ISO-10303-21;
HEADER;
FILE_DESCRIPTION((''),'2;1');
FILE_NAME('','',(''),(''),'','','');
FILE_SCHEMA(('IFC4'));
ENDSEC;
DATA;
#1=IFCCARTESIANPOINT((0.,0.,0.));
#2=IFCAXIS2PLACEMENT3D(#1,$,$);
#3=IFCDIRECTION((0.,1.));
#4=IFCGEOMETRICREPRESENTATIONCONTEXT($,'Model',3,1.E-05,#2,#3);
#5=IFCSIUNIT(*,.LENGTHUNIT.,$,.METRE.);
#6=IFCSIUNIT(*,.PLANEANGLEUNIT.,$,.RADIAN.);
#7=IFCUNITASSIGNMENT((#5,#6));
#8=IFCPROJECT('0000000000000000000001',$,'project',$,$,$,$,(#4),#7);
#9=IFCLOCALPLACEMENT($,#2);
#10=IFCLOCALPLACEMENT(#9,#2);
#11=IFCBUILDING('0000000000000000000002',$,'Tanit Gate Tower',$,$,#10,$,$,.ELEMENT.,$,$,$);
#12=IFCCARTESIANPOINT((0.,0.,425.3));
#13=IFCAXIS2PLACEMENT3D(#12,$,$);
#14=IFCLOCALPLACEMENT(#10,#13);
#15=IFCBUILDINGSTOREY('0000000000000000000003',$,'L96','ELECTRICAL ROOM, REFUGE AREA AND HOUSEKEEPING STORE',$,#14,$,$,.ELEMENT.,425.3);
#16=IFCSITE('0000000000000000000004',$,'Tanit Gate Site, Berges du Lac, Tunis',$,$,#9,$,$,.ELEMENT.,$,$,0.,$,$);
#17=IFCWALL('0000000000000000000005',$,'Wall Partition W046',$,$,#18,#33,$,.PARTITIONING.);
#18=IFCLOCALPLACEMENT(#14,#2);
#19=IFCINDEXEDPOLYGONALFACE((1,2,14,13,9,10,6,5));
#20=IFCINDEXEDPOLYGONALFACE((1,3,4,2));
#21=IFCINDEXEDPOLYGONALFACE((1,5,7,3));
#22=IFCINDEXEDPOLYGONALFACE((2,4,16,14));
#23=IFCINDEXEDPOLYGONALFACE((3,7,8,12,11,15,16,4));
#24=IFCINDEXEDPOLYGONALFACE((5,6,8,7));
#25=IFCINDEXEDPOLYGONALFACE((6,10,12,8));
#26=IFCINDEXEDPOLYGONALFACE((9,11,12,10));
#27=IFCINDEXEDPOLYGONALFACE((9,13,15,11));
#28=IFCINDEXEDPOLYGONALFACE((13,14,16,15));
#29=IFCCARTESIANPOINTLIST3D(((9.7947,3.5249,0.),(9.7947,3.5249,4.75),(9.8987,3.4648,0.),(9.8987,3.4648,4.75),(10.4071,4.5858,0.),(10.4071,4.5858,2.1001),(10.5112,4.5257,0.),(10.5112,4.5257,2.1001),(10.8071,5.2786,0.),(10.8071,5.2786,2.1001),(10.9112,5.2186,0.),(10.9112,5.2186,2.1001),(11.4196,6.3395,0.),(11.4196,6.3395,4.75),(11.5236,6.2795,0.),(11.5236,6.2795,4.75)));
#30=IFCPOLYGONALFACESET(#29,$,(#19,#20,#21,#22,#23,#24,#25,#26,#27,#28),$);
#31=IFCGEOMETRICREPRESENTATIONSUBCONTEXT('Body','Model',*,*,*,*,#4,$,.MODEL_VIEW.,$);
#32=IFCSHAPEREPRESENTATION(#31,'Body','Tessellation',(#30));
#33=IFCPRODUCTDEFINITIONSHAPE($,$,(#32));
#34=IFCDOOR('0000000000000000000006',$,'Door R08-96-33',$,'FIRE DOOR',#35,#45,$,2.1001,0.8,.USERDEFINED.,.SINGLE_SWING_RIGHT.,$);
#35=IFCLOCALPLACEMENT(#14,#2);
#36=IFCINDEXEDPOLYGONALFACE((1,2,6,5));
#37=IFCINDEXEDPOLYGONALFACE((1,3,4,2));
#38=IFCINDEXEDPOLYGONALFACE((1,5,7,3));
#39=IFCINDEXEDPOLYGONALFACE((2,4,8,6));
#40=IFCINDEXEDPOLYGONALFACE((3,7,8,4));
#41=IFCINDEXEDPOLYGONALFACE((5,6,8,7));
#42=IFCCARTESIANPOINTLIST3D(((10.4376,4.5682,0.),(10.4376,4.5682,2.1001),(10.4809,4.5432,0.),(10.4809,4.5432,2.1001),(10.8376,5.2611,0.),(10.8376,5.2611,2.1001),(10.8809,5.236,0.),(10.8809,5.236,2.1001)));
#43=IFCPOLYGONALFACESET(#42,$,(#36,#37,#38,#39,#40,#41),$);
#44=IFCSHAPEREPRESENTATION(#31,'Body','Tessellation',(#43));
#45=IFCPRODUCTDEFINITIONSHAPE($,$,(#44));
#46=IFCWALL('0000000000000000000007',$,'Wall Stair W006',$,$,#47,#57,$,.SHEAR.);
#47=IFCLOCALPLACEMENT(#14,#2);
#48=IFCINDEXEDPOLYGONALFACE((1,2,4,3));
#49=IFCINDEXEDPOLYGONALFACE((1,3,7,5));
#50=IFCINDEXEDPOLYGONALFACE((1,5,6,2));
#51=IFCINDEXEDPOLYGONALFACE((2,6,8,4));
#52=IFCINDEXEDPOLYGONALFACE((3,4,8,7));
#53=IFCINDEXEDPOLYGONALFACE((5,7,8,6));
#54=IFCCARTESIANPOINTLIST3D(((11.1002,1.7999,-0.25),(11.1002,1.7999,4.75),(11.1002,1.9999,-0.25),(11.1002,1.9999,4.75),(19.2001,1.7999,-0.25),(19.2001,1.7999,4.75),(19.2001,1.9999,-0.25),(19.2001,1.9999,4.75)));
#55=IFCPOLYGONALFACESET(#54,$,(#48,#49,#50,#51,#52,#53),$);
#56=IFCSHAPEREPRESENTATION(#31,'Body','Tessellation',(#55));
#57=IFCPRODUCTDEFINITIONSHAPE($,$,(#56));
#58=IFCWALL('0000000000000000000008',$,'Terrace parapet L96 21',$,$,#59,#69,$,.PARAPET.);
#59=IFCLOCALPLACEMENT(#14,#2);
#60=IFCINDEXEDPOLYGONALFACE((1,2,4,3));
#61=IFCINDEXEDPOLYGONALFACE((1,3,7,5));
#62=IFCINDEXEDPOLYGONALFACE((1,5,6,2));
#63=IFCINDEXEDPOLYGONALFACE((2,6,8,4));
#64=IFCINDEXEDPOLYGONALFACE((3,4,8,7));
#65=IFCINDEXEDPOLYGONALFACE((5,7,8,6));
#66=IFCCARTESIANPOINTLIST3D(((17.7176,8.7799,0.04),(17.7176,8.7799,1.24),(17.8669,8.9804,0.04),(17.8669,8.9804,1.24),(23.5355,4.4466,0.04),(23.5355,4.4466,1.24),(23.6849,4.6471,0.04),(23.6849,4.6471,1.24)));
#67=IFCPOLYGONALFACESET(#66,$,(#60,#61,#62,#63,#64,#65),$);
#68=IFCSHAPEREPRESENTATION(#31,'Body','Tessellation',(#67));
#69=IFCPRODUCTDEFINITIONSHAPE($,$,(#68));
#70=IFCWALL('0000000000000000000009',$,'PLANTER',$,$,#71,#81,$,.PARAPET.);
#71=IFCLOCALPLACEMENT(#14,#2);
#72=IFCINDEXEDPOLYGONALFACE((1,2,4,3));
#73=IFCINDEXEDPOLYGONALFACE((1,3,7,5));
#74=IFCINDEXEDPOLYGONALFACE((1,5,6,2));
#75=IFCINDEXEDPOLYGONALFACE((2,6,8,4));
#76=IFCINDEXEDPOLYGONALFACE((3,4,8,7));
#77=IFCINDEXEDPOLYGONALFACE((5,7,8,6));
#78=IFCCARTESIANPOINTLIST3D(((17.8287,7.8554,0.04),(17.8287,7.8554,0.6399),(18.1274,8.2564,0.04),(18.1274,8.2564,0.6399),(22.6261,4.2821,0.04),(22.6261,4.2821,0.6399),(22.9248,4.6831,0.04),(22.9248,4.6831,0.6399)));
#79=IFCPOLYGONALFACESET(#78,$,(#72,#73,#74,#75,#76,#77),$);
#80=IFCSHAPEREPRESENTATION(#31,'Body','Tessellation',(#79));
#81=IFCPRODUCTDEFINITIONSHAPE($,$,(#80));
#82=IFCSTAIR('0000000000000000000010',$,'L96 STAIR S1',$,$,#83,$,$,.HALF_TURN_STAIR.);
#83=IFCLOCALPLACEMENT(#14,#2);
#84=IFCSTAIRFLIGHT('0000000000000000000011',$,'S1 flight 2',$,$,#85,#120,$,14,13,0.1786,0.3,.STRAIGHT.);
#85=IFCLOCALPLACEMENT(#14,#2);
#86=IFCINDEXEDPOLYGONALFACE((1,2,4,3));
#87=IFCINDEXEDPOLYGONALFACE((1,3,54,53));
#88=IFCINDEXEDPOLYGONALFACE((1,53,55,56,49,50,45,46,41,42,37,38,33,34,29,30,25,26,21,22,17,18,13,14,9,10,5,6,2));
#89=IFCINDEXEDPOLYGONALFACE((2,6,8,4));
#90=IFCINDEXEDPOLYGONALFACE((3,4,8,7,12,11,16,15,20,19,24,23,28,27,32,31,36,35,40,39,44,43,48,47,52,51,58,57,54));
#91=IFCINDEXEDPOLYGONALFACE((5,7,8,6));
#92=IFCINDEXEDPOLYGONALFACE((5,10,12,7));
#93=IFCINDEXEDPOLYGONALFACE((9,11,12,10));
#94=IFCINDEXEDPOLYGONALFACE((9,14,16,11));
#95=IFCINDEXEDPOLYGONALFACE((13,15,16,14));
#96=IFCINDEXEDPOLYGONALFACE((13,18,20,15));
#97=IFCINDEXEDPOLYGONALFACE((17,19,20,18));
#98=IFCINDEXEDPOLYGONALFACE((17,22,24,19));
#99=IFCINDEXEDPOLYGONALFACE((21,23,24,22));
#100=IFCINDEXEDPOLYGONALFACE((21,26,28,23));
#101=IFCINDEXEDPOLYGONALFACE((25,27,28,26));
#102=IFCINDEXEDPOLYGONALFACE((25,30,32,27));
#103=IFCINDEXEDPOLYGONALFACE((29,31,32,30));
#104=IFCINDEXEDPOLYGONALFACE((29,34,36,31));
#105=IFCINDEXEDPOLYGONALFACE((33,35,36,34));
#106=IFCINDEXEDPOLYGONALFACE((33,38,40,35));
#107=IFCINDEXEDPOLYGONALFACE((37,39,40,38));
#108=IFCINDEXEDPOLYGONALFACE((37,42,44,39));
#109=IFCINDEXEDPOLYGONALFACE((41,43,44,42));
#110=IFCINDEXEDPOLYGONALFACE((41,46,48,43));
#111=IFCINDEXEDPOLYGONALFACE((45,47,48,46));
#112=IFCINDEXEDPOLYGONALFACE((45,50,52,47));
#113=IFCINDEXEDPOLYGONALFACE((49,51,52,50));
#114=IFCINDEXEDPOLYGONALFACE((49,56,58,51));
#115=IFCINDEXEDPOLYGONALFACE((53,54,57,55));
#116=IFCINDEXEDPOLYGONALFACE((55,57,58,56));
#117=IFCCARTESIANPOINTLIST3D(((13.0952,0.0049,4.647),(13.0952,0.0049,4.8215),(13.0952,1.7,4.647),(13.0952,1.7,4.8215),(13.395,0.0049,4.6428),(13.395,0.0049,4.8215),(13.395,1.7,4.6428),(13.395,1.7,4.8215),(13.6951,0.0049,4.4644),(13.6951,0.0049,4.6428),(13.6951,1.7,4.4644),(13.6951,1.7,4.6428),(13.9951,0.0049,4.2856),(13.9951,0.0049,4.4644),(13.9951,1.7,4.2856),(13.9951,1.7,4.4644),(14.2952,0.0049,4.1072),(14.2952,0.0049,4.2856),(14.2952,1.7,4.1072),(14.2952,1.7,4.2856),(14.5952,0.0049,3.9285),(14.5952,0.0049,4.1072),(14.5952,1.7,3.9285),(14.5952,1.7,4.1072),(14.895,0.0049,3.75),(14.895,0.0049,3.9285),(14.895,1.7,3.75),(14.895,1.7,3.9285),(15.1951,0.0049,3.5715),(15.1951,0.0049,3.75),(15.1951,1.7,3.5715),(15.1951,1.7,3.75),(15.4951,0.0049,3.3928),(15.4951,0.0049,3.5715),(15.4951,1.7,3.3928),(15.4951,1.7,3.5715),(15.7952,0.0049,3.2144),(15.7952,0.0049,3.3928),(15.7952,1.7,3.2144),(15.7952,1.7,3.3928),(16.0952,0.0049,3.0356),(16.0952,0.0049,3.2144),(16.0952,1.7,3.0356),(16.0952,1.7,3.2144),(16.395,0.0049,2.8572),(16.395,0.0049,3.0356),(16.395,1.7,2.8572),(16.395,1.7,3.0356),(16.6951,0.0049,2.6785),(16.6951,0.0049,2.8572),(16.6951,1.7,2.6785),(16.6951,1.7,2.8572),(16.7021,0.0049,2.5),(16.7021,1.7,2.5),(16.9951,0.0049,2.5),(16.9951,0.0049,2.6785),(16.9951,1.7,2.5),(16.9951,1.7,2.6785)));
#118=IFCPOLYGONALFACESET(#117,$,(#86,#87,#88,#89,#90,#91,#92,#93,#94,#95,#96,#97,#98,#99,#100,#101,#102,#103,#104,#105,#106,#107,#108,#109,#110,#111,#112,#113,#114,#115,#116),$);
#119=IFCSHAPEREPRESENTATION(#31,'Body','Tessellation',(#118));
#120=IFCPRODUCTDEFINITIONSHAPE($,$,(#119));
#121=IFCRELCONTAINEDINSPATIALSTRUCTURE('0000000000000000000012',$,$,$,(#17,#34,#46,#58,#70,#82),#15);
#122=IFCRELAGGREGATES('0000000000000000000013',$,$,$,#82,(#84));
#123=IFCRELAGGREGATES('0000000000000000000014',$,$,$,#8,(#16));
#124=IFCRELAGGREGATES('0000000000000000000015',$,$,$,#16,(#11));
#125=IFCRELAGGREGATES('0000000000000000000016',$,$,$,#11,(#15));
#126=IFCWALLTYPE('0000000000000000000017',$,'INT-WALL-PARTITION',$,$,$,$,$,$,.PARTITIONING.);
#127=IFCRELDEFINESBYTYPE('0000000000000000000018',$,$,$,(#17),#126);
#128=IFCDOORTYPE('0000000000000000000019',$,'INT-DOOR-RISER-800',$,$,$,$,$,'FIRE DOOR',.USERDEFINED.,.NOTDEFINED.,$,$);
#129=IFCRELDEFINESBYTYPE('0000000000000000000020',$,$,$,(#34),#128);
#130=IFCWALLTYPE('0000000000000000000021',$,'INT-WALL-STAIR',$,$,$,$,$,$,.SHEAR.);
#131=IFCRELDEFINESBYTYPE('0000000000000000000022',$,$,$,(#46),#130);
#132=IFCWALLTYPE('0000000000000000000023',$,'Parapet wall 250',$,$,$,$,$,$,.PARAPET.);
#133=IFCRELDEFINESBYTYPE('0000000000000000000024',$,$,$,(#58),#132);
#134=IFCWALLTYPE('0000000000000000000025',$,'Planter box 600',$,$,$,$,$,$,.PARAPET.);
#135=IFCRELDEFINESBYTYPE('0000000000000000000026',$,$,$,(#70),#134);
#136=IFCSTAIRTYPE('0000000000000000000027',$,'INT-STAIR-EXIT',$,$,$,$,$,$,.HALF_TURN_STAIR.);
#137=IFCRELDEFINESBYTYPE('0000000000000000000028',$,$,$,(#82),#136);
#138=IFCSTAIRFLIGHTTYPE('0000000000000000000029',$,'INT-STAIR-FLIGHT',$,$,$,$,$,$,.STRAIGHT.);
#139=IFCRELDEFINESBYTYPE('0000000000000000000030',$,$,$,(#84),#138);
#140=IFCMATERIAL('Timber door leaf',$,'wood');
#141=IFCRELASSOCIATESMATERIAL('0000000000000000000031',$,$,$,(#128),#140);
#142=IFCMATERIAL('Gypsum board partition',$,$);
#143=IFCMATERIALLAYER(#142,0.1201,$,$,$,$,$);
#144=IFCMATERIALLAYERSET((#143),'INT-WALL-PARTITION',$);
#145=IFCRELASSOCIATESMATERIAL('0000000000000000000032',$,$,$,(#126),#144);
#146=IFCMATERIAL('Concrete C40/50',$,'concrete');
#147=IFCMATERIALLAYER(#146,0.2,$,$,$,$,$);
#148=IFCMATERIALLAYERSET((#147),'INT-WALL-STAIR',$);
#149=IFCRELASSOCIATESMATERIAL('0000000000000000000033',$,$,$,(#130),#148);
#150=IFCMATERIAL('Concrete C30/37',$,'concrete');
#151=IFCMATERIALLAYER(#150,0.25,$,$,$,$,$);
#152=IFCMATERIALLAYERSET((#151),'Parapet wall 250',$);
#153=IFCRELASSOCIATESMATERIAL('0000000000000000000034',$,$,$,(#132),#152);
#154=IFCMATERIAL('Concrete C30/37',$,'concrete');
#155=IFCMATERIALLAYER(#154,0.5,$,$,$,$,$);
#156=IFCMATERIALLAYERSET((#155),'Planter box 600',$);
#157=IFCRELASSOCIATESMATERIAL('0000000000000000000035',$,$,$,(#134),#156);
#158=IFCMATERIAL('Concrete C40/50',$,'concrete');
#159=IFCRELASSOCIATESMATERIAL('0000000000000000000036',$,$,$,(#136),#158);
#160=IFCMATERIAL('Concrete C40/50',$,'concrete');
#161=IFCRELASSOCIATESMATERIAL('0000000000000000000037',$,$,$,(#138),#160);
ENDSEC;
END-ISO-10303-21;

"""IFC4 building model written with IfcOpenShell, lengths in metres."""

from ifc_helpers import new_model, si_unit, direction, frame, frame_2d, origin, place, context, subcontext, project, spatial, polyline, rectangle, outline, extrude, material, layer, layer_set, type_object, element, fill, aggregate, save


model = new_model("IFC4")

# Units and contexts
model_context = context("Model", 3, precision=1e-05, world=origin(), true_north=direction((0.0, 1.0)))
body_context = subcontext(model_context, "Body", "Model", "MODEL_VIEW")
ifc_project = project(units=[si_unit("LENGTHUNIT", "METRE"), si_unit("PLANEANGLEUNIT", "RADIAN")], contexts=[model_context])

# Site, building, storey
site_placement = place(None, origin())
site = spatial("IfcSite", under=ifc_project, at=site_placement, Name="Tanit Gate Site, Berges du Lac, Tunis", CompositionType="ELEMENT", RefElevation=0.0)
building_placement = place(site_placement, origin())
building = spatial("IfcBuilding", under=site, at=building_placement, Name="Tanit Gate Tower", CompositionType="ELEMENT")
storey_placement = place(building_placement, frame((0.0, 0.0, 425.3)))
storey = spatial("IfcBuildingStorey", under=building, at=storey_placement, Name="L96", Description="ELECTRICAL ROOM, REFUGE AREA AND HOUSEKEEPING STORE", CompositionType="ELEMENT", Elevation=425.3)

# Shared definitions
ifc_material_1 = material(Name="Timber door leaf", Category="wood")
door_type_1 = type_object("IfcDoorType", Name="INT-DOOR-RISER-800", ElementType="FIRE DOOR", OperationType="NOTDEFINED", PredefinedType="USERDEFINED", material=ifc_material_1)

# Wall, opening, door
ifc_material_2 = material(Name="Gypsum board partition")
ifc_layer_1 = layer(ifc_material_2, 0.1201)
ifc_layer_set_1 = layer_set([ifc_layer_1], Name="INT-WALL-PARTITION")
wall_type_1 = type_object("IfcWallType", Name="INT-WALL-PARTITION", PredefinedType="PARTITIONING", material=ifc_layer_set_1)
wall_1_placement = place(storey_placement, frame((9.8467, 3.4949, 0.0), z_axis=(0.0, 0.0, 1.0), x_axis=(0.499985, 0.866034, 0.0)))
wall_1 = element("IfcWall", 1, at=wall_1_placement, inside=storey, type_object=wall_type_1, Name="Wall Partition W046", PredefinedType="PARTITIONING", context=body_context, shape_type="SweptSolid", body=[
    extrude(rectangle(XDim=3.25, YDim=0.1201, at=frame_2d((1.625, 0.0))), origin(), (0.0, 0.0, 1.0), 4.75),
])
opening_1_placement = place(wall_1_placement, frame((1.2251, 0.0, 0.0)))
opening_1 = element("IfcOpeningElement", 2, at=opening_1_placement, cuts=wall_1, PredefinedType="OPENING", context=body_context, shape_type="SweptSolid", body=[
    extrude(rectangle(XDim=0.8, YDim=2.1001, at=frame_2d((0.3999, 1.05))), frame((0.0, 0.0701, 0.0), z_axis=(0.0, -1.0, 0.0), x_axis=(1.0, 0.0, 0.0)), (0.0, 0.0, 1.0), 0.1401),
])
door_1_placement = place(opening_1_placement, origin())
door_1 = element("IfcDoor", 3, at=door_1_placement, inside=storey, type_object=door_type_1, Name="Door R08-96-33", ObjectType="FIRE DOOR", OperationType="SINGLE_SWING_RIGHT", OverallHeight=2.1001, OverallWidth=0.8, PredefinedType="USERDEFINED", context=body_context, shape_type="SweptSolid", body=[
    extrude(rectangle(XDim=0.8, YDim=2.1001, at=frame_2d((0.3999, 1.05))), frame((0.0, 0.0249, 0.0), z_axis=(0.0, -1.0, 0.0), x_axis=(1.0, 0.0, 0.0)), (0.0, 0.0, 1.0), 0.05),
])
fill(opening_1, door_1)

# Walls
ifc_material_3 = material(Name="Concrete C40/50", Category="concrete")
ifc_layer_2 = layer(ifc_material_3, 0.2)
ifc_layer_set_2 = layer_set([ifc_layer_2], Name="INT-WALL-STAIR")
wall_type_2 = type_object("IfcWallType", Name="INT-WALL-STAIR", PredefinedType="SHEAR", material=ifc_layer_set_2)
wall_2_placement = place(storey_placement, frame((19.2, 1.8999, -0.25), z_axis=(0.0, 0.0, 1.0), x_axis=(-1.0, 0.0, 0.0)))
element("IfcWall", 4, at=wall_2_placement, inside=storey, type_object=wall_type_2, Name="Wall Stair W006", PredefinedType="SHEAR", context=body_context, shape_type="SweptSolid", body=[
    extrude(rectangle(XDim=8.0999, YDim=0.2, at=frame_2d((4.0498, 0.0))), origin(), (0.0, 0.0, 1.0), 5.0),
])
ifc_material_4 = material(Name="Concrete C30/37", Category="concrete")
ifc_layer_3 = layer(ifc_material_4, 0.25)
ifc_layer_set_3 = layer_set([ifc_layer_3], Name="Parapet wall 250")
wall_type_3 = type_object("IfcWallType", Name="Parapet wall 250", PredefinedType="PARAPET", material=ifc_layer_set_3)
wall_3_placement = place(storey_placement, frame((17.7922, 8.8801, 0.04), z_axis=(0.0, 0.0, 1.0), x_axis=(0.801991, -0.597337, 0.0)))
element("IfcWall", 5, at=wall_3_placement, inside=storey, type_object=wall_type_3, Name="Terrace parapet L96 21", PredefinedType="PARAPET", context=body_context, shape_type="SweptSolid", body=[
    extrude(rectangle(XDim=7.2544, YDim=0.25, at=frame_2d((3.6272, 0.0))), origin(), (0.0, 0.0, 1.0), 1.2),
])
ifc_material_5 = material(Name="Concrete C30/37", Category="concrete")
ifc_layer_4 = layer(ifc_material_5, 0.5)
ifc_layer_set_4 = layer_set([ifc_layer_4], Name="Planter box 600")
wall_type_4 = type_object("IfcWallType", Name="Planter box 600", PredefinedType="PARAPET", material=ifc_layer_set_4)
wall_4_placement = place(storey_placement, frame((17.978, 8.0559, 0.04), z_axis=(0.0, 0.0, 1.0), x_axis=(0.801984, -0.597345, 0.0)))
element("IfcWall", 6, at=wall_4_placement, inside=storey, type_object=wall_type_4, Name="PLANTER", PredefinedType="PARAPET", context=body_context, shape_type="SweptSolid", body=[
    extrude(rectangle(XDim=5.9819, YDim=0.5, at=frame_2d((2.991, 0.0))), origin(), (0.0, 0.0, 1.0), 0.5999),
])

# Stair, stair flight
ifc_material_6 = material(Name="Concrete C40/50", Category="concrete")
stair_type = type_object("IfcStairType", Name="INT-STAIR-EXIT", PredefinedType="HALF_TURN_STAIR", material=ifc_material_6)
stair_placement = place(storey_placement, origin())
stair = element("IfcStair", 7, at=stair_placement, inside=storey, type_object=stair_type, Name="L96 STAIR S1", PredefinedType="HALF_TURN_STAIR")
ifc_material_7 = material(Name="Concrete C40/50", Category="concrete")
stair_flight_type = type_object("IfcStairFlightType", Name="INT-STAIR-FLIGHT", PredefinedType="STRAIGHT", material=ifc_material_7)
stair_flight_placement = place(storey_placement, frame((16.9951, 0.8525, 2.5), z_axis=(0.0, 0.0, 1.0), x_axis=(-1.0, 0.0, 0.0)))
stair_flight = element("IfcStairFlight", 8, at=stair_flight_placement, type_object=stair_flight_type, Name="S1 flight 2", NumberOfRisers=14, NumberOfTreads=13, PredefinedType="STRAIGHT", RiserHeight=0.1786, TreadLength=0.3, context=body_context, shape_type="SweptSolid", body=[
    extrude(outline(polyline([(0.0, 0.0), (0.0, 0.1785), (0.3, 0.1785), (0.3, 0.3572), (0.6001, 0.3572), (0.6001, 0.5356), (0.8999, 0.5356), (0.8999, 0.7144), (1.2, 0.7144), (1.2, 0.8928), (1.5, 0.8928), (1.5, 1.0715), (1.8, 1.0715), (1.8, 1.25), (2.1001, 1.25), (2.1001, 1.4285), (2.3999, 1.4285), (2.3999, 1.6072), (2.7, 1.6072), (2.7, 1.7856), (3.0, 1.7856), (3.0, 1.9644), (3.3, 1.9644), (3.3, 2.1428), (3.6001, 2.1428), (3.6001, 2.3215), (3.8999, 2.3215), (3.8999, 2.5), (3.8999, 2.147), (0.293, 0.0), (0.0, 0.0)])), frame((0.0, 0.8477, 0.0), z_axis=(0.0, -1.0, 0.0), x_axis=(1.0, 0.0, 0.0)), (0.0, 0.0, 1.0), 1.6951),
])
aggregate(stair, [stair_flight])

save(model, "model.ifc")
